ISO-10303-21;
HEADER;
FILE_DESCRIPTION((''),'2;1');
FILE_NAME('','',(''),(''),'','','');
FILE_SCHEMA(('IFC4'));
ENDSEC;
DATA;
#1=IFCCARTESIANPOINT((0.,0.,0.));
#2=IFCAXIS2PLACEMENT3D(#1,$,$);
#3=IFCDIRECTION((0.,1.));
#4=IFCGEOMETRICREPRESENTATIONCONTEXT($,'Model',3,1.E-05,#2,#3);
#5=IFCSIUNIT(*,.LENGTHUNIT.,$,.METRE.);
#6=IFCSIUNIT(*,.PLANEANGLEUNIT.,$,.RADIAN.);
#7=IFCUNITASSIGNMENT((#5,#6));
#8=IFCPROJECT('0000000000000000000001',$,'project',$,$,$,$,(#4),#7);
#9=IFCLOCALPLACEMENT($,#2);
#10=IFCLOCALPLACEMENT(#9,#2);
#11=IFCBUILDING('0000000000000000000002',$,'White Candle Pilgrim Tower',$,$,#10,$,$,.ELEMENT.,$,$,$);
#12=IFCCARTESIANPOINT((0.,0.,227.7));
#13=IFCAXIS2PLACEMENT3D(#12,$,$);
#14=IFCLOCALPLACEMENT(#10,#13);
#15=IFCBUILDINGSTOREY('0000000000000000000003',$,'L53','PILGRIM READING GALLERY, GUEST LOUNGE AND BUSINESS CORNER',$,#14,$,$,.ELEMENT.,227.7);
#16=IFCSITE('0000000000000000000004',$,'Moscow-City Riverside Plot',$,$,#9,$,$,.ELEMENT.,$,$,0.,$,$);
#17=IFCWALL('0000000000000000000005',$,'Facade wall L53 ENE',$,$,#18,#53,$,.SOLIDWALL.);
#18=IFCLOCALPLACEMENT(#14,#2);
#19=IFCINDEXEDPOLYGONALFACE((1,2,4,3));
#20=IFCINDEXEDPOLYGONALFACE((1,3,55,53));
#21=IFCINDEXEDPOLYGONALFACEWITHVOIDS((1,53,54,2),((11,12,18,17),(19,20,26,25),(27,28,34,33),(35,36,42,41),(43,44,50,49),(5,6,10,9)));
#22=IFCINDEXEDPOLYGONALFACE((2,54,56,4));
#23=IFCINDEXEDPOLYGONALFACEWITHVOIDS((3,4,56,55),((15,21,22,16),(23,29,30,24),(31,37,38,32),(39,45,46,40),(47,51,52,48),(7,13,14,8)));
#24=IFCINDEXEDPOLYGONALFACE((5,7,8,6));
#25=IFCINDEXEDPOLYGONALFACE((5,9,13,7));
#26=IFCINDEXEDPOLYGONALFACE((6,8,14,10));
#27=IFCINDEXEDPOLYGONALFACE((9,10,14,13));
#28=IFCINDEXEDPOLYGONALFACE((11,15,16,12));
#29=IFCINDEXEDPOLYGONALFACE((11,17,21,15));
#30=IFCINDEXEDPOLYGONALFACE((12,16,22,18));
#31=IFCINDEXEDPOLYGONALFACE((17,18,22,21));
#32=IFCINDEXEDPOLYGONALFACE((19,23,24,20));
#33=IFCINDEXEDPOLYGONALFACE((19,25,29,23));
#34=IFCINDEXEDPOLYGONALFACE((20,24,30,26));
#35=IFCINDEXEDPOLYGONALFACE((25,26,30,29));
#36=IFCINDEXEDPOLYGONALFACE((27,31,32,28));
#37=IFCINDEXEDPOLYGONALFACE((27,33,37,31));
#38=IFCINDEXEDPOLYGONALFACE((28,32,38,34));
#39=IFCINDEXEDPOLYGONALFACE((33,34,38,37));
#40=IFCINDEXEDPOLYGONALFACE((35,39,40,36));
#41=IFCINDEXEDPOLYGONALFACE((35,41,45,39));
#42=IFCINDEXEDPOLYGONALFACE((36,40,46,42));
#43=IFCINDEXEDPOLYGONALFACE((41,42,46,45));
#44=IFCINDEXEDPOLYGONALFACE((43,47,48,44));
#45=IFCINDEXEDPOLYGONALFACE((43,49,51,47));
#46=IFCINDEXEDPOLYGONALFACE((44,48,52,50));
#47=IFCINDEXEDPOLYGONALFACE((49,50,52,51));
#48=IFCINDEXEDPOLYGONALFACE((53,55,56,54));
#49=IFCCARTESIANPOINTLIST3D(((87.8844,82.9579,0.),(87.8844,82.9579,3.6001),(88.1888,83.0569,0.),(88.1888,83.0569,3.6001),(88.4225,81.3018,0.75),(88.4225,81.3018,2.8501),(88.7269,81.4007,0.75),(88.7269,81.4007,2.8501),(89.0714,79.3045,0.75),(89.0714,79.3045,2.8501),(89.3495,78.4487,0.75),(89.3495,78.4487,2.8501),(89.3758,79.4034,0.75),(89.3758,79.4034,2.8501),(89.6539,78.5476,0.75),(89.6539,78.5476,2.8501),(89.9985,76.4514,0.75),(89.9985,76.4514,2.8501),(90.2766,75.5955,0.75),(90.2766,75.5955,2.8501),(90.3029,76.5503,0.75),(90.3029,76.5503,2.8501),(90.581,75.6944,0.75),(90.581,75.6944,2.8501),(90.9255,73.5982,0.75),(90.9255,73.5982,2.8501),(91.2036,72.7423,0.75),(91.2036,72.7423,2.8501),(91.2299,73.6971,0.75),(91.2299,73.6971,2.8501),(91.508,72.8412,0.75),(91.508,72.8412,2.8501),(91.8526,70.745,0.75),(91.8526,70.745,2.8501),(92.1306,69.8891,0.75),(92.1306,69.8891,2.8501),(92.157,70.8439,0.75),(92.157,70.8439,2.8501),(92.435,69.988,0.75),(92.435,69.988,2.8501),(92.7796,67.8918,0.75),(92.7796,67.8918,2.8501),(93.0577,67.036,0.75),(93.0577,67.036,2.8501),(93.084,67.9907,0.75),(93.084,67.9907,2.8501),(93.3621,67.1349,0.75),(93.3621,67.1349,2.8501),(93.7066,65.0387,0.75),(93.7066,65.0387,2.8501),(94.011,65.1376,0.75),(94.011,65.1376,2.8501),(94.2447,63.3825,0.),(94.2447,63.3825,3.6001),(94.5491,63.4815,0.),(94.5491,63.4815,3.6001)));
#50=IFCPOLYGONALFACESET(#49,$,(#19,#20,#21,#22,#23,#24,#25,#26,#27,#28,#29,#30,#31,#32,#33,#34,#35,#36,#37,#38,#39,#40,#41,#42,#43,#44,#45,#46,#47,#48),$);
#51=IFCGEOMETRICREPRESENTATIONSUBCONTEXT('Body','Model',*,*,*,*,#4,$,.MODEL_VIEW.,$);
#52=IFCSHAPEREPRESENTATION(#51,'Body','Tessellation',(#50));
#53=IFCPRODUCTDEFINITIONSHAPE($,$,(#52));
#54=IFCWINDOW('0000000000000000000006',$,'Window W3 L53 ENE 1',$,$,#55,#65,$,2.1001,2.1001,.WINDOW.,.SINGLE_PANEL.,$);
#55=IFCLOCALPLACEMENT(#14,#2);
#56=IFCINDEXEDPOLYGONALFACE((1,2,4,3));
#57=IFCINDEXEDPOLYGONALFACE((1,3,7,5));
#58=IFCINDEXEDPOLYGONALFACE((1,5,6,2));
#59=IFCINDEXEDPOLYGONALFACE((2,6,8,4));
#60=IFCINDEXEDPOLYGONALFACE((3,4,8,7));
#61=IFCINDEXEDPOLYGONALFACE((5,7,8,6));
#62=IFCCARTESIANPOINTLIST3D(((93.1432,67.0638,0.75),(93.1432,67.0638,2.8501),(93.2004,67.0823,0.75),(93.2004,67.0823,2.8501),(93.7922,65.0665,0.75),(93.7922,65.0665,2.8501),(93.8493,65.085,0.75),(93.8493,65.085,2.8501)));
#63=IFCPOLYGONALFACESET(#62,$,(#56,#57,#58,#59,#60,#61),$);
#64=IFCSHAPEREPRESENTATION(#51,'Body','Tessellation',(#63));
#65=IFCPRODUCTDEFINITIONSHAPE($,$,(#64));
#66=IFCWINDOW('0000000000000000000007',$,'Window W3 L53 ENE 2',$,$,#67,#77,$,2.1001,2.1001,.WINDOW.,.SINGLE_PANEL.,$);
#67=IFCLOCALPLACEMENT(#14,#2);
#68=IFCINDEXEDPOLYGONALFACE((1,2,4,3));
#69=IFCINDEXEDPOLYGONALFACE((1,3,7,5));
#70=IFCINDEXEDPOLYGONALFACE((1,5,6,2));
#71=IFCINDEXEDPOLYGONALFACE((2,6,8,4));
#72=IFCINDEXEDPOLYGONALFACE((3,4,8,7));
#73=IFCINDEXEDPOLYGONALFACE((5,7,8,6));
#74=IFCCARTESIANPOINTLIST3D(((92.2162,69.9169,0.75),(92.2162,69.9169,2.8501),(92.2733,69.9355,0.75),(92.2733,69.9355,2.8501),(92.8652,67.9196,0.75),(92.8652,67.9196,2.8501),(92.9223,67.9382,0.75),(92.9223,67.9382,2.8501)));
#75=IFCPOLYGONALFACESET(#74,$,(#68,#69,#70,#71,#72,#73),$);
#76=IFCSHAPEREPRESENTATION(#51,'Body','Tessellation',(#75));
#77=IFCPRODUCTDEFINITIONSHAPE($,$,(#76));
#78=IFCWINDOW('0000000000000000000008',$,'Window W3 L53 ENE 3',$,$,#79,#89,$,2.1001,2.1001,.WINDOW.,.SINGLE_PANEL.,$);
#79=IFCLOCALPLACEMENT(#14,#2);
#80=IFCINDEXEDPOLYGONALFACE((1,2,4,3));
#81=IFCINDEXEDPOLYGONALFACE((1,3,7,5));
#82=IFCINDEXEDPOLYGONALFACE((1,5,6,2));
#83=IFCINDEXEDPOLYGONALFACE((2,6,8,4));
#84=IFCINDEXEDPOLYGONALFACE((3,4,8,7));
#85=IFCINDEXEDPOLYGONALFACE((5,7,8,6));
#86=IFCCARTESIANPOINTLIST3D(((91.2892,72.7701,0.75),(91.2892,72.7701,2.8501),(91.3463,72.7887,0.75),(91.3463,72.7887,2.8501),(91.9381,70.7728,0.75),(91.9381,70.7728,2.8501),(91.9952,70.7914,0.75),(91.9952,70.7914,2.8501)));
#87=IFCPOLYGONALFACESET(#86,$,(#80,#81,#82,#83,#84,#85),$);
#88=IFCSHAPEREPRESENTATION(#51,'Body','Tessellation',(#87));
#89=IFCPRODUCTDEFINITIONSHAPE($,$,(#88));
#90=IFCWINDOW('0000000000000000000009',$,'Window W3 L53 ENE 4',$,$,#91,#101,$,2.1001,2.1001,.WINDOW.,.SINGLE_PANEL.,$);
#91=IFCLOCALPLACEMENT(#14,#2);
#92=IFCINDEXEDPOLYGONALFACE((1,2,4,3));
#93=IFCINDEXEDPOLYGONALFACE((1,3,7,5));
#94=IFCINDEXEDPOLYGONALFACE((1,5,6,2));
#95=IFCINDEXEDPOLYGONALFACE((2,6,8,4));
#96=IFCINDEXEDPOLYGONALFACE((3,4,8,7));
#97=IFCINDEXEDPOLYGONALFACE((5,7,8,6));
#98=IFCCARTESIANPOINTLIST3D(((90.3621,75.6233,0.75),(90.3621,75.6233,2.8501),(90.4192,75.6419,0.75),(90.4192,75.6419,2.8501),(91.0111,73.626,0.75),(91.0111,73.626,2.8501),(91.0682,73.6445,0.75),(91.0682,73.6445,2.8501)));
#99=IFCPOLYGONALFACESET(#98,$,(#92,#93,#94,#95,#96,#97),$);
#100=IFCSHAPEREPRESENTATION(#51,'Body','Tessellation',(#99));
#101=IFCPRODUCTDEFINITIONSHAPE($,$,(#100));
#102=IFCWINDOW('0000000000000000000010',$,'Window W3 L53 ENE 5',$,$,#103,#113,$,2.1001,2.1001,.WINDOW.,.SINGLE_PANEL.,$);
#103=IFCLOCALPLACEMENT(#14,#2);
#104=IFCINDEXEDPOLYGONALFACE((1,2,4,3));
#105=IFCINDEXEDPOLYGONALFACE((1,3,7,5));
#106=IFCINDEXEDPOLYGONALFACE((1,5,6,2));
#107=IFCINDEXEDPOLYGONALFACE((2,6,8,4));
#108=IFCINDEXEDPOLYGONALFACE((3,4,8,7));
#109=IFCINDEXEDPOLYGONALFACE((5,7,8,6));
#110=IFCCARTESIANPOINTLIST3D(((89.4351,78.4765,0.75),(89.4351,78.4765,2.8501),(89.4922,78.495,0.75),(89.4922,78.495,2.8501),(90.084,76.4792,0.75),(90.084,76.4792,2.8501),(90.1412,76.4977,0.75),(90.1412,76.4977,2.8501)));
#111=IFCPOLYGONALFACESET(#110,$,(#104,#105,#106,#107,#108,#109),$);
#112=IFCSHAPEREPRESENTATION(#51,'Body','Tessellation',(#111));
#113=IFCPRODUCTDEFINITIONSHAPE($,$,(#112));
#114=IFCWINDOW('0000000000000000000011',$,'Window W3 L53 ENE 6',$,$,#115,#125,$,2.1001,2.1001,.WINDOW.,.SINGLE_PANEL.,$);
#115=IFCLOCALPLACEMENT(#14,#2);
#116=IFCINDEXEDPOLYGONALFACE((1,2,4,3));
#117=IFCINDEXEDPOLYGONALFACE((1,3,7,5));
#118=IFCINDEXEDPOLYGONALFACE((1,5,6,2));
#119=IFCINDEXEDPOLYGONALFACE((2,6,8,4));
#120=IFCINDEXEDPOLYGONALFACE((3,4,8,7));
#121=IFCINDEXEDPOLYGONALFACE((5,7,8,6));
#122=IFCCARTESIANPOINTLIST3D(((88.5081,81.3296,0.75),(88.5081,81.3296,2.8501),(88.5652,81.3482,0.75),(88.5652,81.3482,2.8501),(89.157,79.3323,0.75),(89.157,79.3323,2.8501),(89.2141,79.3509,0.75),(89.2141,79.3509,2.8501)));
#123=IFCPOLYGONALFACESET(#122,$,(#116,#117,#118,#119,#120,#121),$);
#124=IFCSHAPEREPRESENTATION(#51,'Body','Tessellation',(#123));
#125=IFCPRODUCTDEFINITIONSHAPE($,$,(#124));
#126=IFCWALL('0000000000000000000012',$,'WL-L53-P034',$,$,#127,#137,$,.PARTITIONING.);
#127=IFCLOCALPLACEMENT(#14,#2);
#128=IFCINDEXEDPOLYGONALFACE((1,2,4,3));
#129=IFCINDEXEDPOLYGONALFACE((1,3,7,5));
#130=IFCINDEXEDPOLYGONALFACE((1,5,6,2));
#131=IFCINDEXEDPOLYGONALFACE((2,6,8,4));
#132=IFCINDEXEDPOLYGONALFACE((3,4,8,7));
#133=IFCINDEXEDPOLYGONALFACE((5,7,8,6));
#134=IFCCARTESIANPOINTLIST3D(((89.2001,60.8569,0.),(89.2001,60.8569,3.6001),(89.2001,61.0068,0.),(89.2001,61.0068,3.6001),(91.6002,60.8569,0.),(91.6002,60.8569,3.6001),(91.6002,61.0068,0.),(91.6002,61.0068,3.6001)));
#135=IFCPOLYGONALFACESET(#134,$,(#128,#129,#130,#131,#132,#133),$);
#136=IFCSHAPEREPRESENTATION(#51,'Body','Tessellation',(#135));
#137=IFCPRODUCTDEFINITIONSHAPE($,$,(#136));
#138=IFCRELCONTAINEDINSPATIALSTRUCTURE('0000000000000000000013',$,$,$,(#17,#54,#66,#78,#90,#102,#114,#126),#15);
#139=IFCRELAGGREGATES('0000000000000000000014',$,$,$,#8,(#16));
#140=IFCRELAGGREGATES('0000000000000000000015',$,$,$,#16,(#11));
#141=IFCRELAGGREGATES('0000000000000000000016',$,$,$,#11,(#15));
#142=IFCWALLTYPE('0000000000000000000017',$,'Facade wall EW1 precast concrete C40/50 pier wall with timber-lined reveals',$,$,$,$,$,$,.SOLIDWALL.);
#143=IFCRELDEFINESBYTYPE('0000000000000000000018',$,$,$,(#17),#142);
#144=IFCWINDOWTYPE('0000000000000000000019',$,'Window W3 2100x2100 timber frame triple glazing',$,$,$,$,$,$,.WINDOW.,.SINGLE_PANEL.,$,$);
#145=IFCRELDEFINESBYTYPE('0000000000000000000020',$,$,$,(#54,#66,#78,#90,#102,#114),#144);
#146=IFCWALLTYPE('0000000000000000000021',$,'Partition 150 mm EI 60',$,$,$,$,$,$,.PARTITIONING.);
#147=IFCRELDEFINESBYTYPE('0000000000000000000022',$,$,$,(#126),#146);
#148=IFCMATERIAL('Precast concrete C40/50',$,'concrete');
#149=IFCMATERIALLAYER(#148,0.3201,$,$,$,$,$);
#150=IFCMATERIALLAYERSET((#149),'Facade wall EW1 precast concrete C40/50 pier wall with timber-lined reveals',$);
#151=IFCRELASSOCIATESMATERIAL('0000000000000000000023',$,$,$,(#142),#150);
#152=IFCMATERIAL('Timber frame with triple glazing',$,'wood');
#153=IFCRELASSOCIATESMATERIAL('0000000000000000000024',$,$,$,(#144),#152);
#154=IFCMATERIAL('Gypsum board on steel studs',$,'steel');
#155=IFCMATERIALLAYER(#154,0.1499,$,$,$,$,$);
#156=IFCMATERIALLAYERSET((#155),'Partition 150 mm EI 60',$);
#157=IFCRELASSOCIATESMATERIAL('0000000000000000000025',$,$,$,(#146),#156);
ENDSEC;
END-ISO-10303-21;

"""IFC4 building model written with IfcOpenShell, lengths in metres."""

from ifc_helpers import new_model, si_unit, direction, frame, frame_2d, origin, place, context, subcontext, project, spatial, rectangle, extrude, material, layer, layer_set, type_object, element, fill, save


model = new_model("IFC4")

# Units and contexts
model_context = context("Model", 3, precision=1e-05, world=origin(), true_north=direction((0.0, 1.0)))
body_context = subcontext(model_context, "Body", "Model", "MODEL_VIEW")
ifc_project = project(units=[si_unit("LENGTHUNIT", "METRE"), si_unit("PLANEANGLEUNIT", "RADIAN")], contexts=[model_context])

# Site, building, storey
site_placement = place(None, origin())
site = spatial("IfcSite", under=ifc_project, at=site_placement, Name="Moscow-City Riverside Plot", CompositionType="ELEMENT", RefElevation=0.0)
building_placement = place(site_placement, origin())
building = spatial("IfcBuilding", under=site, at=building_placement, Name="White Candle Pilgrim Tower", CompositionType="ELEMENT")
storey_placement = place(building_placement, frame((0.0, 0.0, 227.7)))
storey = spatial("IfcBuildingStorey", under=building, at=storey_placement, Name="L53", Description="PILGRIM READING GALLERY, GUEST LOUNGE AND BUSINESS CORNER", CompositionType="ELEMENT", Elevation=227.7)

# Shared definitions
ifc_material_1 = material(Name="Gypsum board on steel studs", Category="steel")

# Wall, openings, windows
ifc_material_2 = material(Name="Precast concrete C40/50", Category="concrete")
ifc_layer_1 = layer(ifc_material_2, 0.3201)
ifc_layer_set_1 = layer_set([ifc_layer_1], Name="Facade wall EW1 precast concrete C40/50 pier wall with timber-lined reveals")
wall_type_1 = type_object("IfcWallType", Name="Facade wall EW1 precast concrete C40/50 pier wall with timber-lined reveals", PredefinedType="SOLIDWALL", material=ifc_layer_set_1)
wall_1_placement = place(storey_placement, frame((94.397, 63.4319, 0.0), z_axis=(0.0, 0.0, 1.0), x_axis=(-0.309013, 0.951058, 0.0)))
wall_1 = element("IfcWall", 1, at=wall_1_placement, inside=storey, type_object=wall_type_1, Name="Facade wall L53 ENE", PredefinedType="SOLIDWALL", context=body_context, shape_type="SweptSolid", body=[
    extrude(rectangle(XDim=20.5828, YDim=0.3201, at=frame_2d((10.2915, 0.0))), origin(), (0.0, 0.0, 1.0), 3.6001),
])
opening_1_placement = place(wall_1_placement, frame((1.7415, 0.0, 0.75)))
opening_1 = element("IfcOpeningElement", 2, at=opening_1_placement, cuts=wall_1, PredefinedType="OPENING", context=body_context, shape_type="SweptSolid", body=[
    extrude(rectangle(XDim=2.1001, YDim=2.1001, at=frame_2d((1.05, 1.05))), frame((0.0, 0.1699, 0.0), z_axis=(0.0, -1.0, 0.0), x_axis=(1.0, 0.0, 0.0)), (0.0, 0.0, 1.0), 0.3401),
])
opening_2_placement = place(wall_1_placement, frame((4.7415, 0.0, 0.75)))
opening_2 = element("IfcOpeningElement", 3, at=opening_2_placement, cuts=wall_1, PredefinedType="OPENING", context=body_context, shape_type="SweptSolid", body=[
    extrude(rectangle(XDim=2.1001, YDim=2.1001, at=frame_2d((1.05, 1.05))), frame((0.0, 0.1699, 0.0), z_axis=(0.0, -1.0, 0.0), x_axis=(1.0, 0.0, 0.0)), (0.0, 0.0, 1.0), 0.3401),
])
opening_3_placement = place(wall_1_placement, frame((7.7415, 0.0, 0.75)))
opening_3 = element("IfcOpeningElement", 4, at=opening_3_placement, cuts=wall_1, PredefinedType="OPENING", context=body_context, shape_type="SweptSolid", body=[
    extrude(rectangle(XDim=2.1001, YDim=2.1001, at=frame_2d((1.05, 1.05))), frame((0.0, 0.1699, 0.0), z_axis=(0.0, -1.0, 0.0), x_axis=(1.0, 0.0, 0.0)), (0.0, 0.0, 1.0), 0.3401),
])
opening_4_placement = place(wall_1_placement, frame((10.7415, 0.0, 0.75)))
opening_4 = element("IfcOpeningElement", 5, at=opening_4_placement, cuts=wall_1, PredefinedType="OPENING", context=body_context, shape_type="SweptSolid", body=[
    extrude(rectangle(XDim=2.1001, YDim=2.1001, at=frame_2d((1.05, 1.05))), frame((0.0, 0.1699, 0.0), z_axis=(0.0, -1.0, 0.0), x_axis=(1.0, 0.0, 0.0)), (0.0, 0.0, 1.0), 0.3401),
])
opening_5_placement = place(wall_1_placement, frame((13.7415, 0.0, 0.75)))
opening_5 = element("IfcOpeningElement", 6, at=opening_5_placement, cuts=wall_1, PredefinedType="OPENING", context=body_context, shape_type="SweptSolid", body=[
    extrude(rectangle(XDim=2.1001, YDim=2.1001, at=frame_2d((1.05, 1.05))), frame((0.0, 0.1699, 0.0), z_axis=(0.0, -1.0, 0.0), x_axis=(1.0, 0.0, 0.0)), (0.0, 0.0, 1.0), 0.3401),
])
opening_6_placement = place(wall_1_placement, frame((16.7415, 0.0, 0.75)))
opening_6 = element("IfcOpeningElement", 7, at=opening_6_placement, cuts=wall_1, PredefinedType="OPENING", context=body_context, shape_type="SweptSolid", body=[
    extrude(rectangle(XDim=2.1001, YDim=2.1001, at=frame_2d((1.05, 1.05))), frame((0.0, 0.1699, 0.0), z_axis=(0.0, -1.0, 0.0), x_axis=(1.0, 0.0, 0.0)), (0.0, 0.0, 1.0), 0.3401),
])
ifc_material_3 = material(Name="Timber frame with triple glazing", Category="wood")
window_type = type_object("IfcWindowType", Name="Window W3 2100x2100 timber frame triple glazing", PartitioningType="SINGLE_PANEL", PredefinedType="WINDOW", material=ifc_material_3)
window_1_placement = place(opening_1_placement, origin())
window_1 = element("IfcWindow", 8, at=window_1_placement, inside=storey, type_object=window_type, Name="Window W3 L53 ENE 1", OverallHeight=2.1001, OverallWidth=2.1001, PartitioningType="SINGLE_PANEL", PredefinedType="WINDOW", context=body_context, shape_type="SweptSolid", body=[
    extrude(rectangle(XDim=2.1001, YDim=2.1001, at=frame_2d((1.05, 1.05))), frame((0.0, 0.0701, 0.0), z_axis=(0.0, -1.0, 0.0), x_axis=(1.0, 0.0, 0.0)), (0.0, 0.0, 1.0), 0.0601),
])
fill(opening_1, window_1)
window_2_placement = place(opening_2_placement, origin())
window_2 = element("IfcWindow", 9, at=window_2_placement, inside=storey, type_object=window_type, Name="Window W3 L53 ENE 2", OverallHeight=2.1001, OverallWidth=2.1001, PartitioningType="SINGLE_PANEL", PredefinedType="WINDOW", context=body_context, shape_type="SweptSolid", body=[
    extrude(rectangle(XDim=2.1001, YDim=2.1001, at=frame_2d((1.05, 1.05))), frame((0.0, 0.0701, 0.0), z_axis=(0.0, -1.0, 0.0), x_axis=(1.0, 0.0, 0.0)), (0.0, 0.0, 1.0), 0.0601),
])
fill(opening_2, window_2)
window_3_placement = place(opening_3_placement, origin())
window_3 = element("IfcWindow", 10, at=window_3_placement, inside=storey, type_object=window_type, Name="Window W3 L53 ENE 3", OverallHeight=2.1001, OverallWidth=2.1001, PartitioningType="SINGLE_PANEL", PredefinedType="WINDOW", context=body_context, shape_type="SweptSolid", body=[
    extrude(rectangle(XDim=2.1001, YDim=2.1001, at=frame_2d((1.05, 1.05))), frame((0.0, 0.0701, 0.0), z_axis=(0.0, -1.0, 0.0), x_axis=(1.0, 0.0, 0.0)), (0.0, 0.0, 1.0), 0.0601),
])
fill(opening_3, window_3)
window_4_placement = place(opening_4_placement, origin())
window_4 = element("IfcWindow", 11, at=window_4_placement, inside=storey, type_object=window_type, Name="Window W3 L53 ENE 4", OverallHeight=2.1001, OverallWidth=2.1001, PartitioningType="SINGLE_PANEL", PredefinedType="WINDOW", context=body_context, shape_type="SweptSolid", body=[
    extrude(rectangle(XDim=2.1001, YDim=2.1001, at=frame_2d((1.05, 1.05))), frame((0.0, 0.0701, 0.0), z_axis=(0.0, -1.0, 0.0), x_axis=(1.0, 0.0, 0.0)), (0.0, 0.0, 1.0), 0.0601),
])
fill(opening_4, window_4)
window_5_placement = place(opening_5_placement, origin())
window_5 = element("IfcWindow", 12, at=window_5_placement, inside=storey, type_object=window_type, Name="Window W3 L53 ENE 5", OverallHeight=2.1001, OverallWidth=2.1001, PartitioningType="SINGLE_PANEL", PredefinedType="WINDOW", context=body_context, shape_type="SweptSolid", body=[
    extrude(rectangle(XDim=2.1001, YDim=2.1001, at=frame_2d((1.05, 1.05))), frame((0.0, 0.0701, 0.0), z_axis=(0.0, -1.0, 0.0), x_axis=(1.0, 0.0, 0.0)), (0.0, 0.0, 1.0), 0.0601),
])
fill(opening_5, window_5)
window_6_placement = place(opening_6_placement, origin())
window_6 = element("IfcWindow", 13, at=window_6_placement, inside=storey, type_object=window_type, Name="Window W3 L53 ENE 6", OverallHeight=2.1001, OverallWidth=2.1001, PartitioningType="SINGLE_PANEL", PredefinedType="WINDOW", context=body_context, shape_type="SweptSolid", body=[
    extrude(rectangle(XDim=2.1001, YDim=2.1001, at=frame_2d((1.05, 1.05))), frame((0.0, 0.0701, 0.0), z_axis=(0.0, -1.0, 0.0), x_axis=(1.0, 0.0, 0.0)), (0.0, 0.0, 1.0), 0.0601),
])
fill(opening_6, window_6)

# Wall
ifc_layer_2 = layer(ifc_material_1, 0.1499)
ifc_layer_set_2 = layer_set([ifc_layer_2], Name="Partition 150 mm EI 60")
wall_type_2 = type_object("IfcWallType", Name="Partition 150 mm EI 60", PredefinedType="PARTITIONING", material=ifc_layer_set_2)
wall_2_placement = place(storey_placement, frame((89.2, 60.9319, 0.0), z_axis=(0.0, 0.0, 1.0), x_axis=(1.0, 0.0, 0.0)))
element("IfcWall", 14, at=wall_2_placement, inside=storey, type_object=wall_type_2, Name="WL-L53-P034", PredefinedType="PARTITIONING", context=body_context, shape_type="SweptSolid", body=[
    extrude(rectangle(XDim=2.4001, YDim=0.1499, at=frame_2d((1.2002, 0.0))), origin(), (0.0, 0.0, 1.0), 3.6001),
])

save(model, "model.ifc")
